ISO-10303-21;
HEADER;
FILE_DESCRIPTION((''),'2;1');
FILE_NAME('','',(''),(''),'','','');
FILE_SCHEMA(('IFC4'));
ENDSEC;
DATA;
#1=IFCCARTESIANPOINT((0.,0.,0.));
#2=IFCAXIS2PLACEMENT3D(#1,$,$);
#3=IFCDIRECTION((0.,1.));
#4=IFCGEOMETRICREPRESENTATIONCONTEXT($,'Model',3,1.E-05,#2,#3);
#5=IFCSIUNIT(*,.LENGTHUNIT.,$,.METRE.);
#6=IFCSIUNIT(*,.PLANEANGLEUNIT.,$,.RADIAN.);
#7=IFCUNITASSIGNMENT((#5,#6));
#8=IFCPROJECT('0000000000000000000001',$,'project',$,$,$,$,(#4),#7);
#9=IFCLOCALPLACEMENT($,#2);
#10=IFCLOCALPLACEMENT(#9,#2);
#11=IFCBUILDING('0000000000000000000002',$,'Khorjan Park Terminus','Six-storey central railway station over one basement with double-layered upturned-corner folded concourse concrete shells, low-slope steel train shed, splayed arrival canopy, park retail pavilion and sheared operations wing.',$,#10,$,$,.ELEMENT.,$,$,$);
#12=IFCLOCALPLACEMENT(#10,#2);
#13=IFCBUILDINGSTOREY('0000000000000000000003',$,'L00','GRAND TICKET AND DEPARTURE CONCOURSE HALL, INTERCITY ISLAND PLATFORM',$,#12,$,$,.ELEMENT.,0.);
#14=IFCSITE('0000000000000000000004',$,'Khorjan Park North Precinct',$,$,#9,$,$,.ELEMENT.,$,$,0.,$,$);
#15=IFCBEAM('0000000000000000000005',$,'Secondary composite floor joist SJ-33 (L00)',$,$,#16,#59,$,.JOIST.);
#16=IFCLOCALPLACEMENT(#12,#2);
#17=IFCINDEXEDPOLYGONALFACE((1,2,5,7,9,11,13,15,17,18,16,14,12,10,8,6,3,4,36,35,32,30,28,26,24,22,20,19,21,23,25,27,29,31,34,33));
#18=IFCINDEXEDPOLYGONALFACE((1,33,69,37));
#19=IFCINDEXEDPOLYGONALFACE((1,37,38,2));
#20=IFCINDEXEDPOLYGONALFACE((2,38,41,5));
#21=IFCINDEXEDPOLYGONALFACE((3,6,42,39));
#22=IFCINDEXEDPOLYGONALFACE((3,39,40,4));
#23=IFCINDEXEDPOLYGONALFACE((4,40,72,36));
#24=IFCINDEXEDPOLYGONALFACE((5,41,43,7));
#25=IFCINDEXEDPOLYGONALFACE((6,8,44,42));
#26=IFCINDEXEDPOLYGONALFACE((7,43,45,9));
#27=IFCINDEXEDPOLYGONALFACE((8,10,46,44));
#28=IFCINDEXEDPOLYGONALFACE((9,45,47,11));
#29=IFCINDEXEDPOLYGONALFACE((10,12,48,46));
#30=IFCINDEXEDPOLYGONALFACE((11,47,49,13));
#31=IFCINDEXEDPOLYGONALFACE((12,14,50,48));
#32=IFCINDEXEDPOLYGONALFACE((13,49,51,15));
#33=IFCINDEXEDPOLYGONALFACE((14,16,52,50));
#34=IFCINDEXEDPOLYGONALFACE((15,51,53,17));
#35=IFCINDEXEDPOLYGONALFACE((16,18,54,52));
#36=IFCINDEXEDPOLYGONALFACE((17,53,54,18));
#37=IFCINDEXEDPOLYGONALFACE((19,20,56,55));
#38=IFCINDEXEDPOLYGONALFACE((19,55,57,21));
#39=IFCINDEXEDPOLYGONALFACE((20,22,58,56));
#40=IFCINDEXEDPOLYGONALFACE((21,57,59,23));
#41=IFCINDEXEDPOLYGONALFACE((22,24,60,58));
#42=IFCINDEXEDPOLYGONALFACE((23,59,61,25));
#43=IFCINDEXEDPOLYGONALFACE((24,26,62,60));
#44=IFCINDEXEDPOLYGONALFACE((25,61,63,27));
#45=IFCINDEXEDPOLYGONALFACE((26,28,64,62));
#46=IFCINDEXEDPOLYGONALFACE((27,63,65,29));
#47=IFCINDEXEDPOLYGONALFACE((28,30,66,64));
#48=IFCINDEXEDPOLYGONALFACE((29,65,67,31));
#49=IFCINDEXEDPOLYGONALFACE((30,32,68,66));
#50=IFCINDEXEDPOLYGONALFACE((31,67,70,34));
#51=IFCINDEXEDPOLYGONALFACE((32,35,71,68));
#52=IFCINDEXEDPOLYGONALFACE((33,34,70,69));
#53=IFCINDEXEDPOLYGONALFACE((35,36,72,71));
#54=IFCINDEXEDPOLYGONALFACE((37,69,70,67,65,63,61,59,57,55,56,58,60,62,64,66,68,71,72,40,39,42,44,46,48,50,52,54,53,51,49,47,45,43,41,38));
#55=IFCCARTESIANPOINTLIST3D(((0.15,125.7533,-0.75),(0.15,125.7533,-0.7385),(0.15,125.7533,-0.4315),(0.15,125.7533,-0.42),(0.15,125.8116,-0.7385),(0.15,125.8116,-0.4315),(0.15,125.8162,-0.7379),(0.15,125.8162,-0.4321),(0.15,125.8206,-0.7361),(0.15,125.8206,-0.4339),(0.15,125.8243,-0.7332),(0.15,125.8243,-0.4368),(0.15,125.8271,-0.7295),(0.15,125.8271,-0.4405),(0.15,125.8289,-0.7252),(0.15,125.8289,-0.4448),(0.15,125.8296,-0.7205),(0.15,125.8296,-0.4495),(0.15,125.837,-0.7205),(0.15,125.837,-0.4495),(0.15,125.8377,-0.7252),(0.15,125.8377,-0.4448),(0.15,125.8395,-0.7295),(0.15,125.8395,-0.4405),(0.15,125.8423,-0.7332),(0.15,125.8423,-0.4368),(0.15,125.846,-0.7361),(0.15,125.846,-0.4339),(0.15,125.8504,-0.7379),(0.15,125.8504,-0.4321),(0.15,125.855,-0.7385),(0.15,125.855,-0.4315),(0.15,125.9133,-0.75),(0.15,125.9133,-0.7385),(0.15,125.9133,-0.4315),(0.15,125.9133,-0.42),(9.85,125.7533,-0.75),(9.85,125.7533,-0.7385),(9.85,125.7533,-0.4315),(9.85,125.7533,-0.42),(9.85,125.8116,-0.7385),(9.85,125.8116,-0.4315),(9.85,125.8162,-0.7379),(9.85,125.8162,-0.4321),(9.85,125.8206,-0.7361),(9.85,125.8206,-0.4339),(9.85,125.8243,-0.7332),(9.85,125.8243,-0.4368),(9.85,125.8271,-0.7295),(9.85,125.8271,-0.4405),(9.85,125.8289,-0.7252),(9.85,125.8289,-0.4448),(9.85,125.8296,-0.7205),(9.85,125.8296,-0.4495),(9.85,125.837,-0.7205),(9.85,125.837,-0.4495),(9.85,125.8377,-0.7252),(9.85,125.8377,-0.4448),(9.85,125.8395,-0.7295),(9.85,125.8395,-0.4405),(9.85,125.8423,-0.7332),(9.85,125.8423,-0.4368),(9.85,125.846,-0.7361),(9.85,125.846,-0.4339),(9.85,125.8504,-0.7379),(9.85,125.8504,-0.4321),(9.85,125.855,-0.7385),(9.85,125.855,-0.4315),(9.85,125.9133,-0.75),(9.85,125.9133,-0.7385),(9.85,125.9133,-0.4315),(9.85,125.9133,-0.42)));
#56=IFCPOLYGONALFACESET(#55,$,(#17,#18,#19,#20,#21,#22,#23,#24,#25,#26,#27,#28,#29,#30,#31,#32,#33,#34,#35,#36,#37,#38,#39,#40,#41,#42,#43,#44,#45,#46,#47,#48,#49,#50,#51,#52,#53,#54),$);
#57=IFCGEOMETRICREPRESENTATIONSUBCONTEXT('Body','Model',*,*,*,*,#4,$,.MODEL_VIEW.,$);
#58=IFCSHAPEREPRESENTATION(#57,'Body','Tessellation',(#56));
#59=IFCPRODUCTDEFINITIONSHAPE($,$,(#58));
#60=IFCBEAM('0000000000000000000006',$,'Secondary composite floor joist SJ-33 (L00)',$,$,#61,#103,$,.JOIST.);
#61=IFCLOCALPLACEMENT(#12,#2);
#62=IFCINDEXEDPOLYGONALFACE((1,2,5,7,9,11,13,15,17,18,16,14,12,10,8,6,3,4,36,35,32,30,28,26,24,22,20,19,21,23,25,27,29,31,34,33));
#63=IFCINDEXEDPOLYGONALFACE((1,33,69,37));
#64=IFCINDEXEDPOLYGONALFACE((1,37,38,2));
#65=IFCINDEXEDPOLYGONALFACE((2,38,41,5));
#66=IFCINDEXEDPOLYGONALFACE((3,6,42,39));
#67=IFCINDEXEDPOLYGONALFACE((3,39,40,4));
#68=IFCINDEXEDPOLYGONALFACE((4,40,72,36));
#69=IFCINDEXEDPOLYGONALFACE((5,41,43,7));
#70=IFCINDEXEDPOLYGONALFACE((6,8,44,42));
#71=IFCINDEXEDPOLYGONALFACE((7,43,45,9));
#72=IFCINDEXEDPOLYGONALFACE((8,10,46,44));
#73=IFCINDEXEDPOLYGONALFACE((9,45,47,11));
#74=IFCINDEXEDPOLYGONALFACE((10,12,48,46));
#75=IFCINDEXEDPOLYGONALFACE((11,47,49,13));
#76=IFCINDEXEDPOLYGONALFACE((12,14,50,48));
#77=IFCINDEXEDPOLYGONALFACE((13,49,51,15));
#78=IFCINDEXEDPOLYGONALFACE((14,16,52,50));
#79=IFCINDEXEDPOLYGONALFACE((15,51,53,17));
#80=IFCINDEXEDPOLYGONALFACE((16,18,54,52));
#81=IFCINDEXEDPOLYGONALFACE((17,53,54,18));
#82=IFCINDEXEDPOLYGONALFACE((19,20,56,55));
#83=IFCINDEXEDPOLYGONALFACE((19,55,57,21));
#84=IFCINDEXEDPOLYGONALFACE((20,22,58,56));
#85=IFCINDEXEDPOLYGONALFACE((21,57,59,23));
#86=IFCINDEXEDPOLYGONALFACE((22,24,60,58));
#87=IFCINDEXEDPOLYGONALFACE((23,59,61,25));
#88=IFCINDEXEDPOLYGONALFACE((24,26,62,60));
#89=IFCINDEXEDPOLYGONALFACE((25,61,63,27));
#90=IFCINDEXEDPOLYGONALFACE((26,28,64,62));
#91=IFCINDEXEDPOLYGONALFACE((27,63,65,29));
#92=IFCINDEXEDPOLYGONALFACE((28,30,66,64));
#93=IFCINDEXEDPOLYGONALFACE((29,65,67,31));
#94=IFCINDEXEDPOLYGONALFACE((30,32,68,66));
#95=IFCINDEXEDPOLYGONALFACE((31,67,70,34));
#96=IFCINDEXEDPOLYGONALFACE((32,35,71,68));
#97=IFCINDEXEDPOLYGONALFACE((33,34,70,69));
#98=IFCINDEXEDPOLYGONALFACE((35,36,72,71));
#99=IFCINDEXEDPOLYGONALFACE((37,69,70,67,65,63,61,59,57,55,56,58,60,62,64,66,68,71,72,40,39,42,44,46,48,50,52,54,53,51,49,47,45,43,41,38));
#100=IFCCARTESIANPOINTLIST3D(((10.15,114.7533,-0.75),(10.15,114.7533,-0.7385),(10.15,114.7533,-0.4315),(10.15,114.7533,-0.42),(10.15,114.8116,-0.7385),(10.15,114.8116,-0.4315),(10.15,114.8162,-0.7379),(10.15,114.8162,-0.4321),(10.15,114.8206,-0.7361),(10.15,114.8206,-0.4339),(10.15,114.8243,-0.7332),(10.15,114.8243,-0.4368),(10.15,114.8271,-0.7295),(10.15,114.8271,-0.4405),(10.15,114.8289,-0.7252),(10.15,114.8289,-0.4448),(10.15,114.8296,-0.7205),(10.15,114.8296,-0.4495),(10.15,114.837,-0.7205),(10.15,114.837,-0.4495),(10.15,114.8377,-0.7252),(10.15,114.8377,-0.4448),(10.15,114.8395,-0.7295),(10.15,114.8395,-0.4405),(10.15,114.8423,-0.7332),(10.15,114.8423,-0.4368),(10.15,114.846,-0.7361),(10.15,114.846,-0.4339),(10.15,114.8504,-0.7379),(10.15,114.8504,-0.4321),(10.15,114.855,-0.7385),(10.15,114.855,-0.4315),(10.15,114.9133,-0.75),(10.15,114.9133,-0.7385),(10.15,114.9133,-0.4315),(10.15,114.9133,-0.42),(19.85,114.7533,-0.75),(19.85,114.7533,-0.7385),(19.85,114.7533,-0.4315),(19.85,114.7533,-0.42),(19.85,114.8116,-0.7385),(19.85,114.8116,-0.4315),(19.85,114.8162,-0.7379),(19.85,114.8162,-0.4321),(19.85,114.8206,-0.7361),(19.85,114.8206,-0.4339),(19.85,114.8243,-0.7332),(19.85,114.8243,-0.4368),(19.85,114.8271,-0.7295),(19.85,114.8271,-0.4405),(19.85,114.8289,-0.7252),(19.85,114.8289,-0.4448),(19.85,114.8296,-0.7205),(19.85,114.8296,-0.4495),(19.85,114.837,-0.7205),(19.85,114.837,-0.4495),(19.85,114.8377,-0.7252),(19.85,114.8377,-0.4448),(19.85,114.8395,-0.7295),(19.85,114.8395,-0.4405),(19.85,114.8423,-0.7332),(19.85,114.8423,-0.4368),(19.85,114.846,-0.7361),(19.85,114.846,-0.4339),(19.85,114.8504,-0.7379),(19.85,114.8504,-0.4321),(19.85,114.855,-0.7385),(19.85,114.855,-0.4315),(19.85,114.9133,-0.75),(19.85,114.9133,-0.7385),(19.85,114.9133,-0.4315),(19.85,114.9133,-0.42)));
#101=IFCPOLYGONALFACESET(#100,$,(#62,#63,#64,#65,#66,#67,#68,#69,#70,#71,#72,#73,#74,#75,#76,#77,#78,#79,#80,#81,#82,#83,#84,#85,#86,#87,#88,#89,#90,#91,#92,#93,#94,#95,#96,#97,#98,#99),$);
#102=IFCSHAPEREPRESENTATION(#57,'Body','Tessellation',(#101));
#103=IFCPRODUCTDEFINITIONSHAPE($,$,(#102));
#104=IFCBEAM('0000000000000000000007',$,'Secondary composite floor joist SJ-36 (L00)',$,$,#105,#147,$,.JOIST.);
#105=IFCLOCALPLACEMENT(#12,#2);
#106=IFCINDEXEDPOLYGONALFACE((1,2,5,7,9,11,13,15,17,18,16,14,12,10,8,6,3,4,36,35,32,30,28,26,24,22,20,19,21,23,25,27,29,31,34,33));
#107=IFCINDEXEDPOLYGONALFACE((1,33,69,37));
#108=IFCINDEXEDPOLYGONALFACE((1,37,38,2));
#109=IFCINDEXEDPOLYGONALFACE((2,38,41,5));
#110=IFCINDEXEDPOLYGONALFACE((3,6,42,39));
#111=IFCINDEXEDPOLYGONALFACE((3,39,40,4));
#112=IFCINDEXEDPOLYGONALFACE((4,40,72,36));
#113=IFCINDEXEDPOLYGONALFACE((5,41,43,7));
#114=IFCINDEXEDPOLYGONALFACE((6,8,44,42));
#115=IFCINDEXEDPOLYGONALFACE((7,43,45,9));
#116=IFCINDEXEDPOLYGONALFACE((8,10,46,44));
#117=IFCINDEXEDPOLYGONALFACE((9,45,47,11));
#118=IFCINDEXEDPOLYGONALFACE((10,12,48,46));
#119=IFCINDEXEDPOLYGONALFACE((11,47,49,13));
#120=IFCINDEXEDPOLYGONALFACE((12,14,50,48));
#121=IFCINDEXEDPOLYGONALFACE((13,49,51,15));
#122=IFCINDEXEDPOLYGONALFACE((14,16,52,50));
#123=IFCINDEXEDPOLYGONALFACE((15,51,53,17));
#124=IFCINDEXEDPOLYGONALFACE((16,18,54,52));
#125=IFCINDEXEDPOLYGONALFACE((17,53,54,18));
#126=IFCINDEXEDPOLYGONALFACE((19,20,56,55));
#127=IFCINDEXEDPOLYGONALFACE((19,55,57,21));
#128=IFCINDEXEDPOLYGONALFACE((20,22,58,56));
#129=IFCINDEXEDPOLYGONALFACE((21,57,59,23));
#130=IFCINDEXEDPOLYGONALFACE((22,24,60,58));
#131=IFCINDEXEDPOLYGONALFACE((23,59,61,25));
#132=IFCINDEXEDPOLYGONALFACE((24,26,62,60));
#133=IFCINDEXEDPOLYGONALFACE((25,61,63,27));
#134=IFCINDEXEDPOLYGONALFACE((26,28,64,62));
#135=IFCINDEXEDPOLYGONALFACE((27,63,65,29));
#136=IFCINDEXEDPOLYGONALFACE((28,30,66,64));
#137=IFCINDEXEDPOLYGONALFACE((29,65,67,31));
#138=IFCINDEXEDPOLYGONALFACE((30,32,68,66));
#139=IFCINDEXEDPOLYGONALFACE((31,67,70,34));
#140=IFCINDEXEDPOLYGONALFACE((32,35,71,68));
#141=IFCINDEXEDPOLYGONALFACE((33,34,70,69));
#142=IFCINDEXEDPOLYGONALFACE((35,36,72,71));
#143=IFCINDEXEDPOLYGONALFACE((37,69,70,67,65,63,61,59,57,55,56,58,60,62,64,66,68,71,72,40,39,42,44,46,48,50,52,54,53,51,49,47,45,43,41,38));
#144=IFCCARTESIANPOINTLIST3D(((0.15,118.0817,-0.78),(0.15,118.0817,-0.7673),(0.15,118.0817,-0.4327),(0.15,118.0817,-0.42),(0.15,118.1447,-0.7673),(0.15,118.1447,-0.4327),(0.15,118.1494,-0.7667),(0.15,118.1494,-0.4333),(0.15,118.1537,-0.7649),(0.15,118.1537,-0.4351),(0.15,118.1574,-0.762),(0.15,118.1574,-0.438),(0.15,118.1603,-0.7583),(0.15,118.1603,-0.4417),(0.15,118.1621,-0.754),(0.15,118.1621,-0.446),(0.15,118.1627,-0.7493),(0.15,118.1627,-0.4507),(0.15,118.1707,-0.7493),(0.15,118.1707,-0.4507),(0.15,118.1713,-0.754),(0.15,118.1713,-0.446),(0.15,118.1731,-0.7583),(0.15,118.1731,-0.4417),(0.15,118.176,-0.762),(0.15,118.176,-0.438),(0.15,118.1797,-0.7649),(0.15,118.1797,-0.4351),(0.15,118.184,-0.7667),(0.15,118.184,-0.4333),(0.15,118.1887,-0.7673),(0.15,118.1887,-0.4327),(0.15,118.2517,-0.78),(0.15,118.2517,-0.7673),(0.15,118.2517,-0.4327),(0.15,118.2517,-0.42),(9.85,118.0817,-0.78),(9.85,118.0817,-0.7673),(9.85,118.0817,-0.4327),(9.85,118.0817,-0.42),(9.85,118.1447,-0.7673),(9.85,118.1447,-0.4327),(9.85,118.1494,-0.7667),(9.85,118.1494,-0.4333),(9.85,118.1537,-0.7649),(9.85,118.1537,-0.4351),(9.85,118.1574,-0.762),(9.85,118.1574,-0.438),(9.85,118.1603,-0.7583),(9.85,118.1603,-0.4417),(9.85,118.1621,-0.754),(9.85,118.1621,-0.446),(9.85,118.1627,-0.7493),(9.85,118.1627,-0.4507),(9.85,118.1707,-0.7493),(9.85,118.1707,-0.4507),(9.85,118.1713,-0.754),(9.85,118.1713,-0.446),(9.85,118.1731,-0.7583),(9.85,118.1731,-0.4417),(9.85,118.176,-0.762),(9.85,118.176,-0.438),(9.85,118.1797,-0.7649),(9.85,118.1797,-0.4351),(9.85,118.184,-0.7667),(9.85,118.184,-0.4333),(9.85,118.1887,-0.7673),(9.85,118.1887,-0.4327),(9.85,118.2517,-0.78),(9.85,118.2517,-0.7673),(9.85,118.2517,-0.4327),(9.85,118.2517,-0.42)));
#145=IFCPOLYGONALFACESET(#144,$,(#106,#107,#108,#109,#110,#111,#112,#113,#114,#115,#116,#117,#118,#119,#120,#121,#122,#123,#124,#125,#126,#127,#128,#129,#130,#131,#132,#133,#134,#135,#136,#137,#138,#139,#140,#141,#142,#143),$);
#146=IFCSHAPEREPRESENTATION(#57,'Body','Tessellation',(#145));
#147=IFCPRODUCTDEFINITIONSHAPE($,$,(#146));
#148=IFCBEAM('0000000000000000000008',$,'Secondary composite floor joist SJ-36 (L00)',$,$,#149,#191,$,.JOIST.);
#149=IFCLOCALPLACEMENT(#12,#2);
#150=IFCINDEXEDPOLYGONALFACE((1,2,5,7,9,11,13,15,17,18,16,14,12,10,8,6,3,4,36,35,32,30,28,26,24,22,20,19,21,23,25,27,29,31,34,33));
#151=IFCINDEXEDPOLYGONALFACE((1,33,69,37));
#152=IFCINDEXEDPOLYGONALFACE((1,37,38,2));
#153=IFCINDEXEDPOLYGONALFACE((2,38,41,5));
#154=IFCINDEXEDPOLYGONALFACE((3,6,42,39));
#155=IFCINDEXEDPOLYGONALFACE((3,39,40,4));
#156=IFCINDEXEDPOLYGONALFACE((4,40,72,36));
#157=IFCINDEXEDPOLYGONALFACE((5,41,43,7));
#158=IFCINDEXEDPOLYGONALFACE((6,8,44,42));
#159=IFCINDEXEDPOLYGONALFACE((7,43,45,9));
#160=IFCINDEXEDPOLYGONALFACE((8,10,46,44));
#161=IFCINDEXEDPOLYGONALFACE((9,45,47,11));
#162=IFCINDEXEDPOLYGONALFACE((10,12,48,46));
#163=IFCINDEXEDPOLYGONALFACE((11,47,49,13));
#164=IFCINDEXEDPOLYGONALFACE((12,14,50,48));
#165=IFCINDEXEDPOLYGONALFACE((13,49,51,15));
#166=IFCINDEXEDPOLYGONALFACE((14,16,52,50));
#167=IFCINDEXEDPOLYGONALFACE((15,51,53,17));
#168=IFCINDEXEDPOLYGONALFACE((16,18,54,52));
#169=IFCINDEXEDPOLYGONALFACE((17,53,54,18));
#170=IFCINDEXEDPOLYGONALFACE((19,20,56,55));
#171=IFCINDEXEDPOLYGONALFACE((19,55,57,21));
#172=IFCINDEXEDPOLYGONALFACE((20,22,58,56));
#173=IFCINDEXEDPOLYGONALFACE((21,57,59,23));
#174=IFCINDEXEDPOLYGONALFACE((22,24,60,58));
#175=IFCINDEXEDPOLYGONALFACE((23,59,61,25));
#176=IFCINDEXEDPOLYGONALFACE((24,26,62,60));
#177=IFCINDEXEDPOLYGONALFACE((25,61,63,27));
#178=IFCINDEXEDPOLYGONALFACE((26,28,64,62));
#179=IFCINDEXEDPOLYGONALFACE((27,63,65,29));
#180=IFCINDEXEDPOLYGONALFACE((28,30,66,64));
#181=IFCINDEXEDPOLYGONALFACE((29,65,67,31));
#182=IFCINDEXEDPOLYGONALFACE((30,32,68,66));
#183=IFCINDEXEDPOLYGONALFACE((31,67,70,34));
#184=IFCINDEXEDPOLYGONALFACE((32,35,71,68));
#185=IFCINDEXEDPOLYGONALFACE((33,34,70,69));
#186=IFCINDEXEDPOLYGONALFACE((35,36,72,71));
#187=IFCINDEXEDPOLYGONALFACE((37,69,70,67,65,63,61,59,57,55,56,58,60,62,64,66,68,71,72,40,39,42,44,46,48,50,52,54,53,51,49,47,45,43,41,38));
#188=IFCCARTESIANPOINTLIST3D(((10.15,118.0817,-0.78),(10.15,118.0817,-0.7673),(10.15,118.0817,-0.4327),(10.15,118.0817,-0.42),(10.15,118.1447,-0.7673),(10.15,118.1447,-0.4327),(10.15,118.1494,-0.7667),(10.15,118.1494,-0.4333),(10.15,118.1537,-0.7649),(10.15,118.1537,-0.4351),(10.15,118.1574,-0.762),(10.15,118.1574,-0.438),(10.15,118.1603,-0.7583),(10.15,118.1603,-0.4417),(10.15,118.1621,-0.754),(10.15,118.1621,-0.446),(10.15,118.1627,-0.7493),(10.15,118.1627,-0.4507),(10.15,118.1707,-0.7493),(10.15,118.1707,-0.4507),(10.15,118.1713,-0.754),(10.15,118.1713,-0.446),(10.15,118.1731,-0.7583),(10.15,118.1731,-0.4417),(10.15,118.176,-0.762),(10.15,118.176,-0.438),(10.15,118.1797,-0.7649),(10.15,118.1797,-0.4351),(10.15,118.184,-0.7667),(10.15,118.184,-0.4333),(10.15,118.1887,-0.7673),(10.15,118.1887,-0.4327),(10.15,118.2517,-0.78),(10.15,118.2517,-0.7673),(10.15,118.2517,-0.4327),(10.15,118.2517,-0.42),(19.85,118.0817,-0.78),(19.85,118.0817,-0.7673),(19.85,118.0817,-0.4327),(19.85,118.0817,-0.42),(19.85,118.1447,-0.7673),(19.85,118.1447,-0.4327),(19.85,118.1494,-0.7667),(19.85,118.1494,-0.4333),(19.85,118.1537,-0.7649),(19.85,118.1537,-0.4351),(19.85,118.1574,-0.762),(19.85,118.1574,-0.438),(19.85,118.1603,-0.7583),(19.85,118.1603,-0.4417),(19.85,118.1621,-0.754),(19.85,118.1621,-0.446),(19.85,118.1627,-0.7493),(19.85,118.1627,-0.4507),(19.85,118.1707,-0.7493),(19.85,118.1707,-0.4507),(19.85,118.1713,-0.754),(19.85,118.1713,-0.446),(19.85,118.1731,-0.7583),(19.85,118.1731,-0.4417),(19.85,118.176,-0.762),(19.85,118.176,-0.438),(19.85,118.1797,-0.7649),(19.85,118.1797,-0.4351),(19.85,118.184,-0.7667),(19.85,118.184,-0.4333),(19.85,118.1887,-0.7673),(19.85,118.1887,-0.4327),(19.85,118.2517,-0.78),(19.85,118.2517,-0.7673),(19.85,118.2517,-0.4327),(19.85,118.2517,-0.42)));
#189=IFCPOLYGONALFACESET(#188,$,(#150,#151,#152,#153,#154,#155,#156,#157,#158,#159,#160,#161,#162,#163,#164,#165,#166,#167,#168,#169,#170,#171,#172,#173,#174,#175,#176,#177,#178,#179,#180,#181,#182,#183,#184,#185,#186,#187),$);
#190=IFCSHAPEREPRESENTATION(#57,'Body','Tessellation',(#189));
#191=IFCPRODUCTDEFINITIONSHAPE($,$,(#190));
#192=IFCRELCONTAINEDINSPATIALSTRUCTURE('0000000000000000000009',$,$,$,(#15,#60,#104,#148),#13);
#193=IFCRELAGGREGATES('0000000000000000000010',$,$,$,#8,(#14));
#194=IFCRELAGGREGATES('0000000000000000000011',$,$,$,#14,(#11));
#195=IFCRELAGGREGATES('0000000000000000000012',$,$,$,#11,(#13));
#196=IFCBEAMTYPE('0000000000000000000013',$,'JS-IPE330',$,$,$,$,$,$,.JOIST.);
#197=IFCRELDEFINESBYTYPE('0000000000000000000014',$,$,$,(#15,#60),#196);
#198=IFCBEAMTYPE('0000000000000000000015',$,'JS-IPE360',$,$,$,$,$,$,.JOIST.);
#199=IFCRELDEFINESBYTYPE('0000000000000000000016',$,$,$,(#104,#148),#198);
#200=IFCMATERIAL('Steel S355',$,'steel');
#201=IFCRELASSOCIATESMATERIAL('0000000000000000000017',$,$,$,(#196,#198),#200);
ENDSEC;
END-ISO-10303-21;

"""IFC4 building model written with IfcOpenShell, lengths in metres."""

from ifc_helpers import new_model, si_unit, direction, frame, origin, origin_2d, place, context, subcontext, project, spatial, i_section, extrude, material, material_profile, profile_set, type_object, element, save


model = new_model("IFC4")

# Units and contexts
model_context = context("Model", 3, precision=1e-05, world=origin(), true_north=direction((0.0, 1.0)))
body_context = subcontext(model_context, "Body", "Model", "MODEL_VIEW")
ifc_project = project(units=[si_unit("LENGTHUNIT", "METRE"), si_unit("PLANEANGLEUNIT", "RADIAN")], contexts=[model_context])

# Site, building, storey
site_placement = place(None, origin())
site = spatial("IfcSite", under=ifc_project, at=site_placement, Name="Khorjan Park North Precinct", CompositionType="ELEMENT", RefElevation=0.0)
building_placement = place(site_placement, origin())
building = spatial("IfcBuilding", under=site, at=building_placement, Name="Khorjan Park Terminus", Description="Six-storey central railway station over one basement with double-layered upturned-corner folded concourse concrete shells, low-slope steel train shed, splayed arrival canopy, park retail pavilion and sheared operations wing.", CompositionType="ELEMENT")
storey_placement = place(building_placement, origin())
storey = spatial("IfcBuildingStorey", under=building, at=storey_placement, Name="L00", Description="GRAND TICKET AND DEPARTURE CONCOURSE HALL, INTERCITY ISLAND PLATFORM", CompositionType="ELEMENT", Elevation=0.0)

# Beams
ifc_material = material(Name="Steel S355", Category="steel")
ifc_material_profile_1 = material_profile(ifc_material, i_section(OverallWidth=0.16, OverallDepth=0.33, WebThickness=0.0075, FlangeThickness=0.0115, FilletRadius=0.018, at=origin_2d()), Name="IPE 330")
ifc_profile_set_1 = profile_set([ifc_material_profile_1], Name="Steel S355")
beam_type_1 = type_object("IfcBeamType", Name="JS-IPE330", PredefinedType="JOIST", material=ifc_profile_set_1)
for number, where, z_axis, x_axis, name in (
    (1, (0.15, 125.8333, -0.585), (1.0, 0.0, 0.0), (0.0, 1.0, 0.0), "Secondary composite floor joist SJ-33 (L00)"),
    (2, (10.15, 114.8333, -0.585), (1.0, 0.0, 0.0), (0.0, 1.0, 0.0), "Secondary composite floor joist SJ-33 (L00)"),
):
    element("IfcBeam", number, at=place(storey_placement, frame(where, z_axis=z_axis, x_axis=x_axis)), inside=storey, type_object=beam_type_1, Name=name, PredefinedType="JOIST", context=body_context, shape_type="SweptSolid", body=[
        extrude(i_section(OverallWidth=0.16, OverallDepth=0.33, WebThickness=0.0075, FlangeThickness=0.0115, FilletRadius=0.018, at=origin_2d()), origin(), (0.0, 0.0, 1.0), 9.7),
    ])
ifc_material_profile_2 = material_profile(ifc_material, i_section(OverallWidth=0.17, OverallDepth=0.36, WebThickness=0.008, FlangeThickness=0.0127, FilletRadius=0.018, at=origin_2d()), Name="IPE 360")
ifc_profile_set_2 = profile_set([ifc_material_profile_2], Name="Steel S355")
beam_type_2 = type_object("IfcBeamType", Name="JS-IPE360", PredefinedType="JOIST", material=ifc_profile_set_2)
for number, where, z_axis, x_axis, name in (
    (3, (0.15, 118.1667, -0.6), (1.0, 0.0, 0.0), (0.0, 1.0, 0.0), "Secondary composite floor joist SJ-36 (L00)"),
    (4, (10.15, 118.1667, -0.6), (1.0, 0.0, 0.0), (0.0, 1.0, 0.0), "Secondary composite floor joist SJ-36 (L00)"),
):
    element("IfcBeam", number, at=place(storey_placement, frame(where, z_axis=z_axis, x_axis=x_axis)), inside=storey, type_object=beam_type_2, Name=name, PredefinedType="JOIST", context=body_context, shape_type="SweptSolid", body=[
        extrude(i_section(OverallWidth=0.17, OverallDepth=0.36, WebThickness=0.008, FlangeThickness=0.0127, FilletRadius=0.018, at=origin_2d()), origin(), (0.0, 0.0, 1.0), 9.7),
    ])

save(model, "model.ifc")
